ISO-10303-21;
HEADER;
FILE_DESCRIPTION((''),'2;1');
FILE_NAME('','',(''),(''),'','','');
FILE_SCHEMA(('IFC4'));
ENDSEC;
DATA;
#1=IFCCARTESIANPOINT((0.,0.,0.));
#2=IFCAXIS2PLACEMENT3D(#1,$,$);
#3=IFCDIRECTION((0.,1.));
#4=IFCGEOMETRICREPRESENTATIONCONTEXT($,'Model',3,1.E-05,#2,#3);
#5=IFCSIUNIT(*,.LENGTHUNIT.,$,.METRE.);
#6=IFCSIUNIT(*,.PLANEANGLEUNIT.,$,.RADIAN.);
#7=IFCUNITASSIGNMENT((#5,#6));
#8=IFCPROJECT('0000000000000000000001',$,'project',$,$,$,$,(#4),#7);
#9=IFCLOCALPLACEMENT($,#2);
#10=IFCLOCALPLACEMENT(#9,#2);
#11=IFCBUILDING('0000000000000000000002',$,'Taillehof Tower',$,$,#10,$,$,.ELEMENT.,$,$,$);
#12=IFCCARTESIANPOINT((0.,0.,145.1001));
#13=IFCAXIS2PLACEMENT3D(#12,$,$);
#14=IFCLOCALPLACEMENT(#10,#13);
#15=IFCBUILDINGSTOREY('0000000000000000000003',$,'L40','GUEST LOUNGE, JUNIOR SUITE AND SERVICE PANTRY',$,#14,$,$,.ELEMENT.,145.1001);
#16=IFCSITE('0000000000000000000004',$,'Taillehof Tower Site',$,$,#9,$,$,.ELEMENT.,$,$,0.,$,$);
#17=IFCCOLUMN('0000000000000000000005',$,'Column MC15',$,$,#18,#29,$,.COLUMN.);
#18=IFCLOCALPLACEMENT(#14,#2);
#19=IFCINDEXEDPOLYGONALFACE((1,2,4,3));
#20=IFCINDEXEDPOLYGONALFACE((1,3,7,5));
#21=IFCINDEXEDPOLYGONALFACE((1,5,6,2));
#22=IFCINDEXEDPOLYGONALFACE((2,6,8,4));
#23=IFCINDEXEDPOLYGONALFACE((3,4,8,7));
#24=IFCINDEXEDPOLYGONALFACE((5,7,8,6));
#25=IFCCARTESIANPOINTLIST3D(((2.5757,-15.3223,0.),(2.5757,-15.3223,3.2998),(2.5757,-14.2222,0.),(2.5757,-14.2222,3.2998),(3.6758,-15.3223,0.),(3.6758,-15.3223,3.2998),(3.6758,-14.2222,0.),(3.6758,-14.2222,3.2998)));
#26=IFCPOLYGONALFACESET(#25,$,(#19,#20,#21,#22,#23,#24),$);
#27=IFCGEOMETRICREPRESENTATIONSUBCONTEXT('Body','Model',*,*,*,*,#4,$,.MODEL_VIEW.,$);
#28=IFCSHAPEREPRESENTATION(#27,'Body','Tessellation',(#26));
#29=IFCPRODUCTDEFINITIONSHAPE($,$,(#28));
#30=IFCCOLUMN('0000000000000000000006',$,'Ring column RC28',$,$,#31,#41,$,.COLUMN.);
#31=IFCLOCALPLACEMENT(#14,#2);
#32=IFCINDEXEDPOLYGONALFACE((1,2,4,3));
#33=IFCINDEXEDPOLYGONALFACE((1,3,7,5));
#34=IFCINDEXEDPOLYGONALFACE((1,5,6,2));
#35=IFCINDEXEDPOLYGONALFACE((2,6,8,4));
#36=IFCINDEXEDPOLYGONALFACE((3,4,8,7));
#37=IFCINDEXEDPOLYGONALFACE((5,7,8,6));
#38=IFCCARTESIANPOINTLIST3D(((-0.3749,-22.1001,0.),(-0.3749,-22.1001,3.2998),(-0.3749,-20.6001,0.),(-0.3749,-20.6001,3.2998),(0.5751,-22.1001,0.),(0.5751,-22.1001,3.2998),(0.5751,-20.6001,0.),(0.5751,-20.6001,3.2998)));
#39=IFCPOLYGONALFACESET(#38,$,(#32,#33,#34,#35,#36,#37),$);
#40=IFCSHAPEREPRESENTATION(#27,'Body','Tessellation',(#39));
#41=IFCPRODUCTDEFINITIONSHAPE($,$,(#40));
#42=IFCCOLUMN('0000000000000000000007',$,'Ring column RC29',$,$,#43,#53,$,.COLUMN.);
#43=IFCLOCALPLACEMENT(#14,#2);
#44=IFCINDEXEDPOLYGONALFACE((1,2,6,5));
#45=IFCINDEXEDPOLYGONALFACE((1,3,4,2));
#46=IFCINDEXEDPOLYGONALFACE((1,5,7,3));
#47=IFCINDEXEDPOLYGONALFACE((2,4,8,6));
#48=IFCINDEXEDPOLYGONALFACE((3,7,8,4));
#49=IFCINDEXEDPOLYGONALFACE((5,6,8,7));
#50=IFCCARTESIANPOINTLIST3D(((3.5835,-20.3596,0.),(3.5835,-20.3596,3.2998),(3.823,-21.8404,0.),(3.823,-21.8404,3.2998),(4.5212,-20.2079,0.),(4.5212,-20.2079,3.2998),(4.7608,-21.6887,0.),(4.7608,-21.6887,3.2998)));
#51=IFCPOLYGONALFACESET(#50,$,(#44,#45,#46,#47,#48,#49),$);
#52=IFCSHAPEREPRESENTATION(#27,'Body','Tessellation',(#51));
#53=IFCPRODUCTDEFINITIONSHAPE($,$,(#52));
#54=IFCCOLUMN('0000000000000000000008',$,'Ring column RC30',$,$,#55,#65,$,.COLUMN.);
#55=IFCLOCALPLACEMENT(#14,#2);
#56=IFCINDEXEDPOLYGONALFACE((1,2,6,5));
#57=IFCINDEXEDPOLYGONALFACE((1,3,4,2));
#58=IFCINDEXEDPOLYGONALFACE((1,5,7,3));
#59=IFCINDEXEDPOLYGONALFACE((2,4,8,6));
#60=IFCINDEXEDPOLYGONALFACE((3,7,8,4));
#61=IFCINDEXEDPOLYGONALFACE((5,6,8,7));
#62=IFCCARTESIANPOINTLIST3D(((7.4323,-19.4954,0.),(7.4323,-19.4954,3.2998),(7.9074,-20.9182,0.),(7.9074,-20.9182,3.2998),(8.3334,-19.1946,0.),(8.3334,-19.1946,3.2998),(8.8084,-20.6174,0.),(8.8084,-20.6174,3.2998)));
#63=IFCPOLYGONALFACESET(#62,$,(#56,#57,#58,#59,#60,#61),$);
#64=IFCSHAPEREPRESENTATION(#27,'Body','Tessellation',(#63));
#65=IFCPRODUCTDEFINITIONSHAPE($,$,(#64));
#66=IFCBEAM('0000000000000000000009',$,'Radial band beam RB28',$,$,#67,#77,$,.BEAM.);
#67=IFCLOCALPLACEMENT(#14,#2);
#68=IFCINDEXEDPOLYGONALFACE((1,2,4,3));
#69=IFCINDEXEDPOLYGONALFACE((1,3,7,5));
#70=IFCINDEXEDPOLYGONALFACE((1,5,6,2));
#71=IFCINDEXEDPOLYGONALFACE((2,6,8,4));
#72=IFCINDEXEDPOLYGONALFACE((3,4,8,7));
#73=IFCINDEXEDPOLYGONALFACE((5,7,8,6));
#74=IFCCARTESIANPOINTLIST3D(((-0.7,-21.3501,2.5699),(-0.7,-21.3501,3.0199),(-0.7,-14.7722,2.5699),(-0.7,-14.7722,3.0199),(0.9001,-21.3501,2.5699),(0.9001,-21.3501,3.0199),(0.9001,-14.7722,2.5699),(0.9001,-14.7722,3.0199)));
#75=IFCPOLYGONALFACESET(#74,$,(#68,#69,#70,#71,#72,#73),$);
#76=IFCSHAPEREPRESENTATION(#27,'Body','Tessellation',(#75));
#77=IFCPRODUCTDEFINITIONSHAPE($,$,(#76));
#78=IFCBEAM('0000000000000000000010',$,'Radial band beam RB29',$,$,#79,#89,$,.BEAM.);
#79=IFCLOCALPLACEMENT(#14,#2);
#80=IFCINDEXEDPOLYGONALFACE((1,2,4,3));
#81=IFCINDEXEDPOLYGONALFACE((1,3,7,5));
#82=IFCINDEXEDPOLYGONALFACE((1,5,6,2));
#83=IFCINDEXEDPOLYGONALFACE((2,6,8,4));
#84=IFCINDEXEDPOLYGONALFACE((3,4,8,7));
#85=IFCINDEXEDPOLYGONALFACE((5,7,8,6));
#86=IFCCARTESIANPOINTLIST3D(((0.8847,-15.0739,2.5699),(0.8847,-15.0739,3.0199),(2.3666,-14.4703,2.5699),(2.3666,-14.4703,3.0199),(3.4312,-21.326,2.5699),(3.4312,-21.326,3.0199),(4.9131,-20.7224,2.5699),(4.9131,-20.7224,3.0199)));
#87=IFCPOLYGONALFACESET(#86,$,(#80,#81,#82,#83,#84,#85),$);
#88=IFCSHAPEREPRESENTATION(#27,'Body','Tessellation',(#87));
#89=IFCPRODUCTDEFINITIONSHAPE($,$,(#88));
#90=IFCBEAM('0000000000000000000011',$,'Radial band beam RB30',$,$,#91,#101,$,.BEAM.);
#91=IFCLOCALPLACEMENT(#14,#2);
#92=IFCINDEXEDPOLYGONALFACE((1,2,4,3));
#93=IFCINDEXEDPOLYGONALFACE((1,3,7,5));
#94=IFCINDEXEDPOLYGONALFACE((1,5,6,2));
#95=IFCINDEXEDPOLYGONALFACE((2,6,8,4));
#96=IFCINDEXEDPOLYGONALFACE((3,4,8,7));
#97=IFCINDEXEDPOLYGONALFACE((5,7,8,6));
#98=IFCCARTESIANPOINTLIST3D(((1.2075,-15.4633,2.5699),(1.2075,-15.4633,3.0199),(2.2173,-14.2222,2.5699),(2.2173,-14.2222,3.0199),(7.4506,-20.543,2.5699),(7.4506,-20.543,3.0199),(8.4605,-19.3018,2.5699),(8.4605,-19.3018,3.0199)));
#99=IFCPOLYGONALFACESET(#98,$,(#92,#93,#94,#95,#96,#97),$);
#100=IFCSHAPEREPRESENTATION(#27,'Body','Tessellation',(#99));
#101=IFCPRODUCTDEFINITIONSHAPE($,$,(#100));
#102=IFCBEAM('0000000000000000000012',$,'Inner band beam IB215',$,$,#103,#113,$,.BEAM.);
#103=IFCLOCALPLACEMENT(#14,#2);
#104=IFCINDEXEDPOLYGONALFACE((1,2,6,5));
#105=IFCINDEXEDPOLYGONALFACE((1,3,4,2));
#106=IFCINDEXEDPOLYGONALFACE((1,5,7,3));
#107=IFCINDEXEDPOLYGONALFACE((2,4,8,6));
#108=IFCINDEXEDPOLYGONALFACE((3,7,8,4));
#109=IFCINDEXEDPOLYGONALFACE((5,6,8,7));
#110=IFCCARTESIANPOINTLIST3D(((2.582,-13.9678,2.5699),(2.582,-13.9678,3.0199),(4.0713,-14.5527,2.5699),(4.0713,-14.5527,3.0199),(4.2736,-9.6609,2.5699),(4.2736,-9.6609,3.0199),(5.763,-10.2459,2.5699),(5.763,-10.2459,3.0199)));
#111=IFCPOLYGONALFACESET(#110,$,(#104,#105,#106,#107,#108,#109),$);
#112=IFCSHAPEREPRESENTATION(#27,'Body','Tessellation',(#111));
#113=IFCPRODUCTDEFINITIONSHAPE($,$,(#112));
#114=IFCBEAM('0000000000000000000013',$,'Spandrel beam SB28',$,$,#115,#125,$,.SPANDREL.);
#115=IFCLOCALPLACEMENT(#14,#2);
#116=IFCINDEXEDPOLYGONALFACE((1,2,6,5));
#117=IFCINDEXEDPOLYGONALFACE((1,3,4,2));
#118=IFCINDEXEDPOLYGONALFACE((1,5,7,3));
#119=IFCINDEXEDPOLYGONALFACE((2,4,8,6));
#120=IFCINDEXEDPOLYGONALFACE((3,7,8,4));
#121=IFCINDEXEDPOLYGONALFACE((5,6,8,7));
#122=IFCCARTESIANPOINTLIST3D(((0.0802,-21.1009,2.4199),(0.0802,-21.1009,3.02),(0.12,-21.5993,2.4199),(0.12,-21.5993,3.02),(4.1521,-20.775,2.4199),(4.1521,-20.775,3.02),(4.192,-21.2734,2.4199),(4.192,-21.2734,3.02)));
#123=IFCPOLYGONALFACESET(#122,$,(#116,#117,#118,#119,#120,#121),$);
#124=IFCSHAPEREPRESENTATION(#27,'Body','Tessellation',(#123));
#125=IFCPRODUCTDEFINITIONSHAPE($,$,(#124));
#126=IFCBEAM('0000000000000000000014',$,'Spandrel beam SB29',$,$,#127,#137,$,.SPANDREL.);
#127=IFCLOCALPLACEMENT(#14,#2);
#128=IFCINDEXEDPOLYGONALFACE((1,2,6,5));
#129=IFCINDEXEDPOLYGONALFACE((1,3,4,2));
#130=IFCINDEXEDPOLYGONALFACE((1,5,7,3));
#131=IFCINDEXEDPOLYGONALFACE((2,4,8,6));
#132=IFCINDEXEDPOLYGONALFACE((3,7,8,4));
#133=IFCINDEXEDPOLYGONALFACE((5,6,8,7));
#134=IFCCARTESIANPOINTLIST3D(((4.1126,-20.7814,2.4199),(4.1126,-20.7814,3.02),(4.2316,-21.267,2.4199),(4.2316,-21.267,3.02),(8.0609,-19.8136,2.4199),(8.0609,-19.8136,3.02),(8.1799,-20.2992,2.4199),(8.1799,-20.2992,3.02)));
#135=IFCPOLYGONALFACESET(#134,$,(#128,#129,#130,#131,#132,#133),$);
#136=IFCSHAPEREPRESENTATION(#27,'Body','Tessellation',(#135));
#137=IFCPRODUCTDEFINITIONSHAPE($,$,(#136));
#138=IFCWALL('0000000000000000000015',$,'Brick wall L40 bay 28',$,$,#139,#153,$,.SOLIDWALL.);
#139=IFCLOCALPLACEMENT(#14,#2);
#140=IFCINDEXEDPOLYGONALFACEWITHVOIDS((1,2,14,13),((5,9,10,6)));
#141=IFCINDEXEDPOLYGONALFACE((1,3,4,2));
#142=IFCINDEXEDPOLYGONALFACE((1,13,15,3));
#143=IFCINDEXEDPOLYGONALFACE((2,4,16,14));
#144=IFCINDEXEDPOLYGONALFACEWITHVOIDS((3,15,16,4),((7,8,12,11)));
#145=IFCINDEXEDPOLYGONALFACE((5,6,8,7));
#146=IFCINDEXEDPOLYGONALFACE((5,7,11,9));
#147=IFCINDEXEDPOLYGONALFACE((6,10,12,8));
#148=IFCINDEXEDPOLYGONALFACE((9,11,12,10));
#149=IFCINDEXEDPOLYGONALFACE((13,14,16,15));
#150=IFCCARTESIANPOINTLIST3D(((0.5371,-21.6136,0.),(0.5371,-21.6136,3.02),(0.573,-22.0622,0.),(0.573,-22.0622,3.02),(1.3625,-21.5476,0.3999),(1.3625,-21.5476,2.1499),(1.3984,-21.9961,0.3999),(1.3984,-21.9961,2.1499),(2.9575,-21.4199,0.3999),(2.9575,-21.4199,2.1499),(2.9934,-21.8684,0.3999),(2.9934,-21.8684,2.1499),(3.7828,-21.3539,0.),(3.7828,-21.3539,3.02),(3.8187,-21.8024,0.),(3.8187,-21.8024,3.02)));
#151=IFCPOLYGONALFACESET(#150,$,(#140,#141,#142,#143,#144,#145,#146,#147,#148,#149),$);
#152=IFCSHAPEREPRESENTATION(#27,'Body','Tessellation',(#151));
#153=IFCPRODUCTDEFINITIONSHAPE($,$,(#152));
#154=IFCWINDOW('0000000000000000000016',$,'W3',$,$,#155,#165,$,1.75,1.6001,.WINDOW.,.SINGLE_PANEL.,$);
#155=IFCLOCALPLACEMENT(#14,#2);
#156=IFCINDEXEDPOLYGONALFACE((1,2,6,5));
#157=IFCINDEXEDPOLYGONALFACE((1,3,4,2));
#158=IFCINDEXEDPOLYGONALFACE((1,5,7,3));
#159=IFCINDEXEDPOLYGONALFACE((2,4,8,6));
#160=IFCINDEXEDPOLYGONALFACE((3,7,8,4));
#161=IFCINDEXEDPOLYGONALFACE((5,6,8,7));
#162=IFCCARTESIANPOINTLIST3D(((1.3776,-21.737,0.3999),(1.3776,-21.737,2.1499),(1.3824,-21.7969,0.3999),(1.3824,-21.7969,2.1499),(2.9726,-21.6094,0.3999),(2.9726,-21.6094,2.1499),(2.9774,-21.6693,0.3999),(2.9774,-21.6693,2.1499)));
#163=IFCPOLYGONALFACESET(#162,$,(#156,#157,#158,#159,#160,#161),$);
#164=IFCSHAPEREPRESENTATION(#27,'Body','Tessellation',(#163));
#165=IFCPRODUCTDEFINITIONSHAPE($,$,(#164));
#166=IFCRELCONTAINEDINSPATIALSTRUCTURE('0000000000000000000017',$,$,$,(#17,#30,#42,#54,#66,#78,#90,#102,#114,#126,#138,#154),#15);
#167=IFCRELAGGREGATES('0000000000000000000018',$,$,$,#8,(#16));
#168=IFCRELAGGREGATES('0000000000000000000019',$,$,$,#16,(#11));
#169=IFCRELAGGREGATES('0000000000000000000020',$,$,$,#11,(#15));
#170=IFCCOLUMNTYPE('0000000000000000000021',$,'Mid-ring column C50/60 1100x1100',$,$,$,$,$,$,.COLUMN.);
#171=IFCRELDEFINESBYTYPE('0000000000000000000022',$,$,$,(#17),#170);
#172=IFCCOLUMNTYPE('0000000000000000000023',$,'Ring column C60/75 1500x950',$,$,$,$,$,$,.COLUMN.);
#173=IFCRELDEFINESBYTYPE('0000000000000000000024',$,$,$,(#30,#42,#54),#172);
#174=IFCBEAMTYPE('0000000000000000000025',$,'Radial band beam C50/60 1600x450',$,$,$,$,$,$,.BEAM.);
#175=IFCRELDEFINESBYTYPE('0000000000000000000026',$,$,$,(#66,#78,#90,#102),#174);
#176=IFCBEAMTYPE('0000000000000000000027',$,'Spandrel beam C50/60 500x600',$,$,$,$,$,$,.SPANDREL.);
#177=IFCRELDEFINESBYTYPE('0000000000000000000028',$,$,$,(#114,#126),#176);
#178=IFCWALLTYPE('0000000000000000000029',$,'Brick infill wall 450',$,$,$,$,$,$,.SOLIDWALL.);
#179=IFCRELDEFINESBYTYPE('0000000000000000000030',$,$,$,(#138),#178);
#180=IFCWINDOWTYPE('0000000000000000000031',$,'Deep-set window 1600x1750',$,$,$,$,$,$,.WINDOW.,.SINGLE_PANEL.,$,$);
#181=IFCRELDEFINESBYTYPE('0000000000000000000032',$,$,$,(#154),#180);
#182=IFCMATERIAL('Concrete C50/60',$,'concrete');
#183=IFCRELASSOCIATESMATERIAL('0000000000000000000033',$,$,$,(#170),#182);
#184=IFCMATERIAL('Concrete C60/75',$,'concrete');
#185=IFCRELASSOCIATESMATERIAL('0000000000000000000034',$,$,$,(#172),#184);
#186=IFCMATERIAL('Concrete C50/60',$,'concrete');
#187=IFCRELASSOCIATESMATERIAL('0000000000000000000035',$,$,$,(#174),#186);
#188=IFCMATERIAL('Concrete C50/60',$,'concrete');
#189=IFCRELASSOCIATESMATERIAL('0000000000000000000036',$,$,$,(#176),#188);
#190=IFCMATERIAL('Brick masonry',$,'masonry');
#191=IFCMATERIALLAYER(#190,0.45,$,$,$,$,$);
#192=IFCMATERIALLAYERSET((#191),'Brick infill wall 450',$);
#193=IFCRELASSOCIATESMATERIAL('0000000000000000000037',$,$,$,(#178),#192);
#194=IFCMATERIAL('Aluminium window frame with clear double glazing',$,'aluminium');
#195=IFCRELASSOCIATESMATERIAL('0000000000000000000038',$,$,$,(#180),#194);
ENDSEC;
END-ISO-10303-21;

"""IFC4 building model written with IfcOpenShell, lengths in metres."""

from ifc_helpers import new_model, si_unit, direction, frame, frame_2d, origin, origin_2d, place, context, subcontext, project, spatial, rectangle, extrude, material, layer, layer_set, material_profile, profile_set, type_object, element, fill, save


model = new_model("IFC4")

# Units and contexts
model_context = context("Model", 3, precision=1e-05, world=origin(), true_north=direction((0.0, 1.0)))
body_context = subcontext(model_context, "Body", "Model", "MODEL_VIEW")
ifc_project = project(units=[si_unit("LENGTHUNIT", "METRE"), si_unit("PLANEANGLEUNIT", "RADIAN")], contexts=[model_context])

# Site, building, storey
site_placement = place(None, origin())
site = spatial("IfcSite", under=ifc_project, at=site_placement, Name="Taillehof Tower Site", CompositionType="ELEMENT", RefElevation=0.0)
building_placement = place(site_placement, origin())
building = spatial("IfcBuilding", under=site, at=building_placement, Name="Taillehof Tower", CompositionType="ELEMENT")
storey_placement = place(building_placement, frame((0.0, 0.0, 145.1001)))
storey = spatial("IfcBuildingStorey", under=building, at=storey_placement, Name="L40", Description="GUEST LOUNGE, JUNIOR SUITE AND SERVICE PANTRY", CompositionType="ELEMENT", Elevation=145.1001)

# Columns
ifc_material_1 = material(Name="Concrete C50/60", Category="concrete")
ifc_material_profile_1 = material_profile(ifc_material_1, rectangle(XDim=1.1001, YDim=1.1001, at=origin_2d()), Name="RC 1100x1100")
ifc_profile_set_1 = profile_set([ifc_material_profile_1], Name="Concrete C50/60")
column_type_1 = type_object("IfcColumnType", Name="Mid-ring column C50/60 1100x1100", PredefinedType="COLUMN", material=ifc_profile_set_1)
column_placement = place(storey_placement, frame((3.1257, -14.7722, 0.0), z_axis=(0.0, 0.0, 1.0), x_axis=(1.0, 0.0, 0.0)))
element("IfcColumn", 1, at=column_placement, inside=storey, type_object=column_type_1, Name="Column MC15", PredefinedType="COLUMN", context=body_context, shape_type="SweptSolid", body=[
    extrude(rectangle(XDim=1.1001, YDim=1.1001, at=origin_2d()), origin(), (0.0, 0.0, 1.0), 3.2998),
])
ifc_material_2 = material(Name="Concrete C60/75", Category="concrete")
ifc_material_profile_2 = material_profile(ifc_material_2, rectangle(XDim=1.5, YDim=0.95, at=origin_2d()), Name="RC 1500x950")
ifc_profile_set_2 = profile_set([ifc_material_profile_2], Name="Concrete C60/75")
column_type_2 = type_object("IfcColumnType", Name="Ring column C60/75 1500x950", PredefinedType="COLUMN", material=ifc_profile_set_2)
for number, where, z_axis, x_axis, name in (
    (2, (0.1001, -21.3501, 0.0), (0.0, 0.0, 1.0), (0.0, -1.0, 0.0), "Ring column RC28"),
    (3, (4.1721, -21.0242, 0.0), (0.0, 0.0, 1.0), (0.159679, -0.987169, 0.0), "Ring column RC29"),
    (4, (8.1204, -20.0564, 0.0), (0.0, 0.0, 1.0), (0.316703, -0.948525, 0.0), "Ring column RC30"),
):
    element("IfcColumn", number, at=place(storey_placement, frame(where, z_axis=z_axis, x_axis=x_axis)), inside=storey, type_object=column_type_2, Name=name, PredefinedType="COLUMN", context=body_context, shape_type="SweptSolid", body=[
        extrude(rectangle(XDim=1.5, YDim=0.95, at=origin_2d()), origin(), (0.0, 0.0, 1.0), 3.2998),
    ])

# Beams
ifc_material_3 = material(Name="Concrete C50/60", Category="concrete")
ifc_material_profile_3 = material_profile(ifc_material_3, rectangle(XDim=1.6001, YDim=0.45, at=origin_2d()), Name="RC 1600x450")
ifc_profile_set_3 = profile_set([ifc_material_profile_3], Name="Concrete C50/60")
beam_type_1 = type_object("IfcBeamType", Name="Radial band beam C50/60 1600x450", PredefinedType="BEAM", material=ifc_profile_set_3)
beam_1_placement = place(storey_placement, frame((0.1001, -21.3501, 2.7949), z_axis=(0.0, 1.0, 0.0), x_axis=(-1.0, 0.0, 0.0)))
element("IfcBeam", 5, at=beam_1_placement, inside=storey, type_object=beam_type_1, Name="Radial band beam RB28", PredefinedType="BEAM", context=body_context, shape_type="SweptSolid", body=[
    extrude(rectangle(XDim=1.6001, YDim=0.45, at=origin_2d()), origin(), (0.0, 0.0, 1.0), 6.5779),
])
beam_2_placement = place(storey_placement, frame((4.1721, -21.0242, 2.7949), z_axis=(-0.377207, 0.926129, 0.0), x_axis=(-0.926129, -0.377207, 0.0)))
element("IfcBeam", 6, at=beam_2_placement, inside=storey, type_object=beam_type_1, Name="Radial band beam RB29", PredefinedType="BEAM", context=body_context, shape_type="SweptSolid", body=[
    extrude(rectangle(XDim=1.6001, YDim=0.45, at=origin_2d()), origin(), (0.0, 0.0, 1.0), 6.7507),
])
beam_3_placement = place(storey_placement, frame((7.9556, -19.9224, 2.7949), z_axis=(-0.775687, 0.631118, 0.0), x_axis=(-0.631118, -0.775687, 0.0)))
element("IfcBeam", 7, at=beam_3_placement, inside=storey, type_object=beam_type_1, Name="Radial band beam RB30", PredefinedType="BEAM", context=body_context, shape_type="SweptSolid", body=[
    extrude(rectangle(XDim=1.6001, YDim=0.45, at=origin_2d()), origin(), (0.0, 0.0, 1.0), 8.0486),
])
beam_4_placement = place(storey_placement, frame((3.3267, -14.2603, 2.7949), z_axis=(0.365589, 0.930777, 0.0), x_axis=(-0.930777, 0.365589, 0.0)))
element("IfcBeam", 8, at=beam_4_placement, inside=storey, type_object=beam_type_1, Name="Inner band beam IB215", PredefinedType="BEAM", context=body_context, shape_type="SweptSolid", body=[
    extrude(rectangle(XDim=1.6001, YDim=0.45, at=origin_2d()), origin(), (0.0, 0.0, 1.0), 4.6272),
])
ifc_material_4 = material(Name="Concrete C50/60", Category="concrete")
ifc_material_profile_4 = material_profile(ifc_material_4, rectangle(XDim=0.5, YDim=0.6001, at=origin_2d()), Name="RC 500x600")
ifc_profile_set_4 = profile_set([ifc_material_profile_4], Name="Concrete C50/60")
beam_type_2 = type_object("IfcBeamType", Name="Spandrel beam C50/60 500x600", PredefinedType="SPANDREL", material=ifc_profile_set_4)
beam_5_placement = place(storey_placement, frame((0.1001, -21.3501, 2.72), z_axis=(0.996812, 0.079786, 0.0), x_axis=(-0.079786, 0.996812, 0.0)))
element("IfcBeam", 9, at=beam_5_placement, inside=storey, type_object=beam_type_2, Name="Spandrel beam SB28", PredefinedType="SPANDREL", context=body_context, shape_type="SweptSolid", body=[
    extrude(rectangle(XDim=0.5, YDim=0.6001, at=origin_2d()), origin(), (0.0, 0.0, 1.0), 4.085),
])
beam_6_placement = place(storey_placement, frame((4.1721, -21.0242, 2.72), z_axis=(0.971249, 0.238068, 0.0), x_axis=(-0.238068, 0.971249, 0.0)))
element("IfcBeam", 10, at=beam_6_placement, inside=storey, type_object=beam_type_2, Name="Spandrel beam SB29", PredefinedType="SPANDREL", context=body_context, shape_type="SweptSolid", body=[
    extrude(rectangle(XDim=0.5, YDim=0.6001, at=origin_2d()), origin(), (0.0, 0.0, 1.0), 4.0652),
])

# Wall, opening, window
ifc_material_5 = material(Name="Brick masonry", Category="masonry")
ifc_layer_1 = layer(ifc_material_5, 0.45)
ifc_layer_set_1 = layer_set([ifc_layer_1], Name="Brick infill wall 450")
wall_type_1 = type_object("IfcWallType", Name="Brick infill wall 450", PredefinedType="SOLIDWALL", material=ifc_layer_set_1)
wall_1_placement = place(storey_placement, frame((0.5552, -21.8379, 0.0), z_axis=(0.0, 0.0, 1.0), x_axis=(0.996812, 0.079781, 0.0)))
wall_1 = element("IfcWall", 11, at=wall_1_placement, inside=storey, type_object=wall_type_1, Name="Brick wall L40 bay 28", PredefinedType="SOLIDWALL", context=body_context, shape_type="SweptSolid", body=[
    extrude(rectangle(XDim=3.2561, YDim=0.45, at=frame_2d((1.6279, 0.0))), origin(), (0.0, 0.0, 1.0), 3.02),
])
opening_1_placement = place(wall_1_placement, frame((0.8279, 0.0, 0.3999)))
opening_1 = element("IfcOpeningElement", 12, at=opening_1_placement, cuts=wall_1, PredefinedType="OPENING", context=body_context, shape_type="SweptSolid", body=[
    extrude(rectangle(XDim=1.6001, YDim=1.75, at=frame_2d((0.8, 0.875))), frame((0.0, 0.2349, 0.0), z_axis=(0.0, -1.0, 0.0), x_axis=(1.0, 0.0, 0.0)), (0.0, 0.0, 1.0), 0.47),
])
ifc_material_6 = material(Name="Aluminium window frame with clear double glazing", Category="aluminium")
window_type = type_object("IfcWindowType", Name="Deep-set window 1600x1750", PartitioningType="SINGLE_PANEL", PredefinedType="WINDOW", material=ifc_material_6)
window_1_placement = place(opening_1_placement, origin())
window_1 = element("IfcWindow", 13, at=window_1_placement, inside=storey, type_object=window_type, Name="W3", OverallHeight=1.75, OverallWidth=1.6001, PartitioningType="SINGLE_PANEL", PredefinedType="WINDOW", context=body_context, shape_type="SweptSolid", body=[
    extrude(rectangle(XDim=1.6001, YDim=1.75, at=frame_2d((0.8, 0.875))), frame((0.0, 0.0349, 0.0), z_axis=(0.0, -1.0, 0.0), x_axis=(1.0, 0.0, 0.0)), (0.0, 0.0, 1.0), 0.0601),
])
fill(opening_1, window_1)

save(model, "model.ifc")
